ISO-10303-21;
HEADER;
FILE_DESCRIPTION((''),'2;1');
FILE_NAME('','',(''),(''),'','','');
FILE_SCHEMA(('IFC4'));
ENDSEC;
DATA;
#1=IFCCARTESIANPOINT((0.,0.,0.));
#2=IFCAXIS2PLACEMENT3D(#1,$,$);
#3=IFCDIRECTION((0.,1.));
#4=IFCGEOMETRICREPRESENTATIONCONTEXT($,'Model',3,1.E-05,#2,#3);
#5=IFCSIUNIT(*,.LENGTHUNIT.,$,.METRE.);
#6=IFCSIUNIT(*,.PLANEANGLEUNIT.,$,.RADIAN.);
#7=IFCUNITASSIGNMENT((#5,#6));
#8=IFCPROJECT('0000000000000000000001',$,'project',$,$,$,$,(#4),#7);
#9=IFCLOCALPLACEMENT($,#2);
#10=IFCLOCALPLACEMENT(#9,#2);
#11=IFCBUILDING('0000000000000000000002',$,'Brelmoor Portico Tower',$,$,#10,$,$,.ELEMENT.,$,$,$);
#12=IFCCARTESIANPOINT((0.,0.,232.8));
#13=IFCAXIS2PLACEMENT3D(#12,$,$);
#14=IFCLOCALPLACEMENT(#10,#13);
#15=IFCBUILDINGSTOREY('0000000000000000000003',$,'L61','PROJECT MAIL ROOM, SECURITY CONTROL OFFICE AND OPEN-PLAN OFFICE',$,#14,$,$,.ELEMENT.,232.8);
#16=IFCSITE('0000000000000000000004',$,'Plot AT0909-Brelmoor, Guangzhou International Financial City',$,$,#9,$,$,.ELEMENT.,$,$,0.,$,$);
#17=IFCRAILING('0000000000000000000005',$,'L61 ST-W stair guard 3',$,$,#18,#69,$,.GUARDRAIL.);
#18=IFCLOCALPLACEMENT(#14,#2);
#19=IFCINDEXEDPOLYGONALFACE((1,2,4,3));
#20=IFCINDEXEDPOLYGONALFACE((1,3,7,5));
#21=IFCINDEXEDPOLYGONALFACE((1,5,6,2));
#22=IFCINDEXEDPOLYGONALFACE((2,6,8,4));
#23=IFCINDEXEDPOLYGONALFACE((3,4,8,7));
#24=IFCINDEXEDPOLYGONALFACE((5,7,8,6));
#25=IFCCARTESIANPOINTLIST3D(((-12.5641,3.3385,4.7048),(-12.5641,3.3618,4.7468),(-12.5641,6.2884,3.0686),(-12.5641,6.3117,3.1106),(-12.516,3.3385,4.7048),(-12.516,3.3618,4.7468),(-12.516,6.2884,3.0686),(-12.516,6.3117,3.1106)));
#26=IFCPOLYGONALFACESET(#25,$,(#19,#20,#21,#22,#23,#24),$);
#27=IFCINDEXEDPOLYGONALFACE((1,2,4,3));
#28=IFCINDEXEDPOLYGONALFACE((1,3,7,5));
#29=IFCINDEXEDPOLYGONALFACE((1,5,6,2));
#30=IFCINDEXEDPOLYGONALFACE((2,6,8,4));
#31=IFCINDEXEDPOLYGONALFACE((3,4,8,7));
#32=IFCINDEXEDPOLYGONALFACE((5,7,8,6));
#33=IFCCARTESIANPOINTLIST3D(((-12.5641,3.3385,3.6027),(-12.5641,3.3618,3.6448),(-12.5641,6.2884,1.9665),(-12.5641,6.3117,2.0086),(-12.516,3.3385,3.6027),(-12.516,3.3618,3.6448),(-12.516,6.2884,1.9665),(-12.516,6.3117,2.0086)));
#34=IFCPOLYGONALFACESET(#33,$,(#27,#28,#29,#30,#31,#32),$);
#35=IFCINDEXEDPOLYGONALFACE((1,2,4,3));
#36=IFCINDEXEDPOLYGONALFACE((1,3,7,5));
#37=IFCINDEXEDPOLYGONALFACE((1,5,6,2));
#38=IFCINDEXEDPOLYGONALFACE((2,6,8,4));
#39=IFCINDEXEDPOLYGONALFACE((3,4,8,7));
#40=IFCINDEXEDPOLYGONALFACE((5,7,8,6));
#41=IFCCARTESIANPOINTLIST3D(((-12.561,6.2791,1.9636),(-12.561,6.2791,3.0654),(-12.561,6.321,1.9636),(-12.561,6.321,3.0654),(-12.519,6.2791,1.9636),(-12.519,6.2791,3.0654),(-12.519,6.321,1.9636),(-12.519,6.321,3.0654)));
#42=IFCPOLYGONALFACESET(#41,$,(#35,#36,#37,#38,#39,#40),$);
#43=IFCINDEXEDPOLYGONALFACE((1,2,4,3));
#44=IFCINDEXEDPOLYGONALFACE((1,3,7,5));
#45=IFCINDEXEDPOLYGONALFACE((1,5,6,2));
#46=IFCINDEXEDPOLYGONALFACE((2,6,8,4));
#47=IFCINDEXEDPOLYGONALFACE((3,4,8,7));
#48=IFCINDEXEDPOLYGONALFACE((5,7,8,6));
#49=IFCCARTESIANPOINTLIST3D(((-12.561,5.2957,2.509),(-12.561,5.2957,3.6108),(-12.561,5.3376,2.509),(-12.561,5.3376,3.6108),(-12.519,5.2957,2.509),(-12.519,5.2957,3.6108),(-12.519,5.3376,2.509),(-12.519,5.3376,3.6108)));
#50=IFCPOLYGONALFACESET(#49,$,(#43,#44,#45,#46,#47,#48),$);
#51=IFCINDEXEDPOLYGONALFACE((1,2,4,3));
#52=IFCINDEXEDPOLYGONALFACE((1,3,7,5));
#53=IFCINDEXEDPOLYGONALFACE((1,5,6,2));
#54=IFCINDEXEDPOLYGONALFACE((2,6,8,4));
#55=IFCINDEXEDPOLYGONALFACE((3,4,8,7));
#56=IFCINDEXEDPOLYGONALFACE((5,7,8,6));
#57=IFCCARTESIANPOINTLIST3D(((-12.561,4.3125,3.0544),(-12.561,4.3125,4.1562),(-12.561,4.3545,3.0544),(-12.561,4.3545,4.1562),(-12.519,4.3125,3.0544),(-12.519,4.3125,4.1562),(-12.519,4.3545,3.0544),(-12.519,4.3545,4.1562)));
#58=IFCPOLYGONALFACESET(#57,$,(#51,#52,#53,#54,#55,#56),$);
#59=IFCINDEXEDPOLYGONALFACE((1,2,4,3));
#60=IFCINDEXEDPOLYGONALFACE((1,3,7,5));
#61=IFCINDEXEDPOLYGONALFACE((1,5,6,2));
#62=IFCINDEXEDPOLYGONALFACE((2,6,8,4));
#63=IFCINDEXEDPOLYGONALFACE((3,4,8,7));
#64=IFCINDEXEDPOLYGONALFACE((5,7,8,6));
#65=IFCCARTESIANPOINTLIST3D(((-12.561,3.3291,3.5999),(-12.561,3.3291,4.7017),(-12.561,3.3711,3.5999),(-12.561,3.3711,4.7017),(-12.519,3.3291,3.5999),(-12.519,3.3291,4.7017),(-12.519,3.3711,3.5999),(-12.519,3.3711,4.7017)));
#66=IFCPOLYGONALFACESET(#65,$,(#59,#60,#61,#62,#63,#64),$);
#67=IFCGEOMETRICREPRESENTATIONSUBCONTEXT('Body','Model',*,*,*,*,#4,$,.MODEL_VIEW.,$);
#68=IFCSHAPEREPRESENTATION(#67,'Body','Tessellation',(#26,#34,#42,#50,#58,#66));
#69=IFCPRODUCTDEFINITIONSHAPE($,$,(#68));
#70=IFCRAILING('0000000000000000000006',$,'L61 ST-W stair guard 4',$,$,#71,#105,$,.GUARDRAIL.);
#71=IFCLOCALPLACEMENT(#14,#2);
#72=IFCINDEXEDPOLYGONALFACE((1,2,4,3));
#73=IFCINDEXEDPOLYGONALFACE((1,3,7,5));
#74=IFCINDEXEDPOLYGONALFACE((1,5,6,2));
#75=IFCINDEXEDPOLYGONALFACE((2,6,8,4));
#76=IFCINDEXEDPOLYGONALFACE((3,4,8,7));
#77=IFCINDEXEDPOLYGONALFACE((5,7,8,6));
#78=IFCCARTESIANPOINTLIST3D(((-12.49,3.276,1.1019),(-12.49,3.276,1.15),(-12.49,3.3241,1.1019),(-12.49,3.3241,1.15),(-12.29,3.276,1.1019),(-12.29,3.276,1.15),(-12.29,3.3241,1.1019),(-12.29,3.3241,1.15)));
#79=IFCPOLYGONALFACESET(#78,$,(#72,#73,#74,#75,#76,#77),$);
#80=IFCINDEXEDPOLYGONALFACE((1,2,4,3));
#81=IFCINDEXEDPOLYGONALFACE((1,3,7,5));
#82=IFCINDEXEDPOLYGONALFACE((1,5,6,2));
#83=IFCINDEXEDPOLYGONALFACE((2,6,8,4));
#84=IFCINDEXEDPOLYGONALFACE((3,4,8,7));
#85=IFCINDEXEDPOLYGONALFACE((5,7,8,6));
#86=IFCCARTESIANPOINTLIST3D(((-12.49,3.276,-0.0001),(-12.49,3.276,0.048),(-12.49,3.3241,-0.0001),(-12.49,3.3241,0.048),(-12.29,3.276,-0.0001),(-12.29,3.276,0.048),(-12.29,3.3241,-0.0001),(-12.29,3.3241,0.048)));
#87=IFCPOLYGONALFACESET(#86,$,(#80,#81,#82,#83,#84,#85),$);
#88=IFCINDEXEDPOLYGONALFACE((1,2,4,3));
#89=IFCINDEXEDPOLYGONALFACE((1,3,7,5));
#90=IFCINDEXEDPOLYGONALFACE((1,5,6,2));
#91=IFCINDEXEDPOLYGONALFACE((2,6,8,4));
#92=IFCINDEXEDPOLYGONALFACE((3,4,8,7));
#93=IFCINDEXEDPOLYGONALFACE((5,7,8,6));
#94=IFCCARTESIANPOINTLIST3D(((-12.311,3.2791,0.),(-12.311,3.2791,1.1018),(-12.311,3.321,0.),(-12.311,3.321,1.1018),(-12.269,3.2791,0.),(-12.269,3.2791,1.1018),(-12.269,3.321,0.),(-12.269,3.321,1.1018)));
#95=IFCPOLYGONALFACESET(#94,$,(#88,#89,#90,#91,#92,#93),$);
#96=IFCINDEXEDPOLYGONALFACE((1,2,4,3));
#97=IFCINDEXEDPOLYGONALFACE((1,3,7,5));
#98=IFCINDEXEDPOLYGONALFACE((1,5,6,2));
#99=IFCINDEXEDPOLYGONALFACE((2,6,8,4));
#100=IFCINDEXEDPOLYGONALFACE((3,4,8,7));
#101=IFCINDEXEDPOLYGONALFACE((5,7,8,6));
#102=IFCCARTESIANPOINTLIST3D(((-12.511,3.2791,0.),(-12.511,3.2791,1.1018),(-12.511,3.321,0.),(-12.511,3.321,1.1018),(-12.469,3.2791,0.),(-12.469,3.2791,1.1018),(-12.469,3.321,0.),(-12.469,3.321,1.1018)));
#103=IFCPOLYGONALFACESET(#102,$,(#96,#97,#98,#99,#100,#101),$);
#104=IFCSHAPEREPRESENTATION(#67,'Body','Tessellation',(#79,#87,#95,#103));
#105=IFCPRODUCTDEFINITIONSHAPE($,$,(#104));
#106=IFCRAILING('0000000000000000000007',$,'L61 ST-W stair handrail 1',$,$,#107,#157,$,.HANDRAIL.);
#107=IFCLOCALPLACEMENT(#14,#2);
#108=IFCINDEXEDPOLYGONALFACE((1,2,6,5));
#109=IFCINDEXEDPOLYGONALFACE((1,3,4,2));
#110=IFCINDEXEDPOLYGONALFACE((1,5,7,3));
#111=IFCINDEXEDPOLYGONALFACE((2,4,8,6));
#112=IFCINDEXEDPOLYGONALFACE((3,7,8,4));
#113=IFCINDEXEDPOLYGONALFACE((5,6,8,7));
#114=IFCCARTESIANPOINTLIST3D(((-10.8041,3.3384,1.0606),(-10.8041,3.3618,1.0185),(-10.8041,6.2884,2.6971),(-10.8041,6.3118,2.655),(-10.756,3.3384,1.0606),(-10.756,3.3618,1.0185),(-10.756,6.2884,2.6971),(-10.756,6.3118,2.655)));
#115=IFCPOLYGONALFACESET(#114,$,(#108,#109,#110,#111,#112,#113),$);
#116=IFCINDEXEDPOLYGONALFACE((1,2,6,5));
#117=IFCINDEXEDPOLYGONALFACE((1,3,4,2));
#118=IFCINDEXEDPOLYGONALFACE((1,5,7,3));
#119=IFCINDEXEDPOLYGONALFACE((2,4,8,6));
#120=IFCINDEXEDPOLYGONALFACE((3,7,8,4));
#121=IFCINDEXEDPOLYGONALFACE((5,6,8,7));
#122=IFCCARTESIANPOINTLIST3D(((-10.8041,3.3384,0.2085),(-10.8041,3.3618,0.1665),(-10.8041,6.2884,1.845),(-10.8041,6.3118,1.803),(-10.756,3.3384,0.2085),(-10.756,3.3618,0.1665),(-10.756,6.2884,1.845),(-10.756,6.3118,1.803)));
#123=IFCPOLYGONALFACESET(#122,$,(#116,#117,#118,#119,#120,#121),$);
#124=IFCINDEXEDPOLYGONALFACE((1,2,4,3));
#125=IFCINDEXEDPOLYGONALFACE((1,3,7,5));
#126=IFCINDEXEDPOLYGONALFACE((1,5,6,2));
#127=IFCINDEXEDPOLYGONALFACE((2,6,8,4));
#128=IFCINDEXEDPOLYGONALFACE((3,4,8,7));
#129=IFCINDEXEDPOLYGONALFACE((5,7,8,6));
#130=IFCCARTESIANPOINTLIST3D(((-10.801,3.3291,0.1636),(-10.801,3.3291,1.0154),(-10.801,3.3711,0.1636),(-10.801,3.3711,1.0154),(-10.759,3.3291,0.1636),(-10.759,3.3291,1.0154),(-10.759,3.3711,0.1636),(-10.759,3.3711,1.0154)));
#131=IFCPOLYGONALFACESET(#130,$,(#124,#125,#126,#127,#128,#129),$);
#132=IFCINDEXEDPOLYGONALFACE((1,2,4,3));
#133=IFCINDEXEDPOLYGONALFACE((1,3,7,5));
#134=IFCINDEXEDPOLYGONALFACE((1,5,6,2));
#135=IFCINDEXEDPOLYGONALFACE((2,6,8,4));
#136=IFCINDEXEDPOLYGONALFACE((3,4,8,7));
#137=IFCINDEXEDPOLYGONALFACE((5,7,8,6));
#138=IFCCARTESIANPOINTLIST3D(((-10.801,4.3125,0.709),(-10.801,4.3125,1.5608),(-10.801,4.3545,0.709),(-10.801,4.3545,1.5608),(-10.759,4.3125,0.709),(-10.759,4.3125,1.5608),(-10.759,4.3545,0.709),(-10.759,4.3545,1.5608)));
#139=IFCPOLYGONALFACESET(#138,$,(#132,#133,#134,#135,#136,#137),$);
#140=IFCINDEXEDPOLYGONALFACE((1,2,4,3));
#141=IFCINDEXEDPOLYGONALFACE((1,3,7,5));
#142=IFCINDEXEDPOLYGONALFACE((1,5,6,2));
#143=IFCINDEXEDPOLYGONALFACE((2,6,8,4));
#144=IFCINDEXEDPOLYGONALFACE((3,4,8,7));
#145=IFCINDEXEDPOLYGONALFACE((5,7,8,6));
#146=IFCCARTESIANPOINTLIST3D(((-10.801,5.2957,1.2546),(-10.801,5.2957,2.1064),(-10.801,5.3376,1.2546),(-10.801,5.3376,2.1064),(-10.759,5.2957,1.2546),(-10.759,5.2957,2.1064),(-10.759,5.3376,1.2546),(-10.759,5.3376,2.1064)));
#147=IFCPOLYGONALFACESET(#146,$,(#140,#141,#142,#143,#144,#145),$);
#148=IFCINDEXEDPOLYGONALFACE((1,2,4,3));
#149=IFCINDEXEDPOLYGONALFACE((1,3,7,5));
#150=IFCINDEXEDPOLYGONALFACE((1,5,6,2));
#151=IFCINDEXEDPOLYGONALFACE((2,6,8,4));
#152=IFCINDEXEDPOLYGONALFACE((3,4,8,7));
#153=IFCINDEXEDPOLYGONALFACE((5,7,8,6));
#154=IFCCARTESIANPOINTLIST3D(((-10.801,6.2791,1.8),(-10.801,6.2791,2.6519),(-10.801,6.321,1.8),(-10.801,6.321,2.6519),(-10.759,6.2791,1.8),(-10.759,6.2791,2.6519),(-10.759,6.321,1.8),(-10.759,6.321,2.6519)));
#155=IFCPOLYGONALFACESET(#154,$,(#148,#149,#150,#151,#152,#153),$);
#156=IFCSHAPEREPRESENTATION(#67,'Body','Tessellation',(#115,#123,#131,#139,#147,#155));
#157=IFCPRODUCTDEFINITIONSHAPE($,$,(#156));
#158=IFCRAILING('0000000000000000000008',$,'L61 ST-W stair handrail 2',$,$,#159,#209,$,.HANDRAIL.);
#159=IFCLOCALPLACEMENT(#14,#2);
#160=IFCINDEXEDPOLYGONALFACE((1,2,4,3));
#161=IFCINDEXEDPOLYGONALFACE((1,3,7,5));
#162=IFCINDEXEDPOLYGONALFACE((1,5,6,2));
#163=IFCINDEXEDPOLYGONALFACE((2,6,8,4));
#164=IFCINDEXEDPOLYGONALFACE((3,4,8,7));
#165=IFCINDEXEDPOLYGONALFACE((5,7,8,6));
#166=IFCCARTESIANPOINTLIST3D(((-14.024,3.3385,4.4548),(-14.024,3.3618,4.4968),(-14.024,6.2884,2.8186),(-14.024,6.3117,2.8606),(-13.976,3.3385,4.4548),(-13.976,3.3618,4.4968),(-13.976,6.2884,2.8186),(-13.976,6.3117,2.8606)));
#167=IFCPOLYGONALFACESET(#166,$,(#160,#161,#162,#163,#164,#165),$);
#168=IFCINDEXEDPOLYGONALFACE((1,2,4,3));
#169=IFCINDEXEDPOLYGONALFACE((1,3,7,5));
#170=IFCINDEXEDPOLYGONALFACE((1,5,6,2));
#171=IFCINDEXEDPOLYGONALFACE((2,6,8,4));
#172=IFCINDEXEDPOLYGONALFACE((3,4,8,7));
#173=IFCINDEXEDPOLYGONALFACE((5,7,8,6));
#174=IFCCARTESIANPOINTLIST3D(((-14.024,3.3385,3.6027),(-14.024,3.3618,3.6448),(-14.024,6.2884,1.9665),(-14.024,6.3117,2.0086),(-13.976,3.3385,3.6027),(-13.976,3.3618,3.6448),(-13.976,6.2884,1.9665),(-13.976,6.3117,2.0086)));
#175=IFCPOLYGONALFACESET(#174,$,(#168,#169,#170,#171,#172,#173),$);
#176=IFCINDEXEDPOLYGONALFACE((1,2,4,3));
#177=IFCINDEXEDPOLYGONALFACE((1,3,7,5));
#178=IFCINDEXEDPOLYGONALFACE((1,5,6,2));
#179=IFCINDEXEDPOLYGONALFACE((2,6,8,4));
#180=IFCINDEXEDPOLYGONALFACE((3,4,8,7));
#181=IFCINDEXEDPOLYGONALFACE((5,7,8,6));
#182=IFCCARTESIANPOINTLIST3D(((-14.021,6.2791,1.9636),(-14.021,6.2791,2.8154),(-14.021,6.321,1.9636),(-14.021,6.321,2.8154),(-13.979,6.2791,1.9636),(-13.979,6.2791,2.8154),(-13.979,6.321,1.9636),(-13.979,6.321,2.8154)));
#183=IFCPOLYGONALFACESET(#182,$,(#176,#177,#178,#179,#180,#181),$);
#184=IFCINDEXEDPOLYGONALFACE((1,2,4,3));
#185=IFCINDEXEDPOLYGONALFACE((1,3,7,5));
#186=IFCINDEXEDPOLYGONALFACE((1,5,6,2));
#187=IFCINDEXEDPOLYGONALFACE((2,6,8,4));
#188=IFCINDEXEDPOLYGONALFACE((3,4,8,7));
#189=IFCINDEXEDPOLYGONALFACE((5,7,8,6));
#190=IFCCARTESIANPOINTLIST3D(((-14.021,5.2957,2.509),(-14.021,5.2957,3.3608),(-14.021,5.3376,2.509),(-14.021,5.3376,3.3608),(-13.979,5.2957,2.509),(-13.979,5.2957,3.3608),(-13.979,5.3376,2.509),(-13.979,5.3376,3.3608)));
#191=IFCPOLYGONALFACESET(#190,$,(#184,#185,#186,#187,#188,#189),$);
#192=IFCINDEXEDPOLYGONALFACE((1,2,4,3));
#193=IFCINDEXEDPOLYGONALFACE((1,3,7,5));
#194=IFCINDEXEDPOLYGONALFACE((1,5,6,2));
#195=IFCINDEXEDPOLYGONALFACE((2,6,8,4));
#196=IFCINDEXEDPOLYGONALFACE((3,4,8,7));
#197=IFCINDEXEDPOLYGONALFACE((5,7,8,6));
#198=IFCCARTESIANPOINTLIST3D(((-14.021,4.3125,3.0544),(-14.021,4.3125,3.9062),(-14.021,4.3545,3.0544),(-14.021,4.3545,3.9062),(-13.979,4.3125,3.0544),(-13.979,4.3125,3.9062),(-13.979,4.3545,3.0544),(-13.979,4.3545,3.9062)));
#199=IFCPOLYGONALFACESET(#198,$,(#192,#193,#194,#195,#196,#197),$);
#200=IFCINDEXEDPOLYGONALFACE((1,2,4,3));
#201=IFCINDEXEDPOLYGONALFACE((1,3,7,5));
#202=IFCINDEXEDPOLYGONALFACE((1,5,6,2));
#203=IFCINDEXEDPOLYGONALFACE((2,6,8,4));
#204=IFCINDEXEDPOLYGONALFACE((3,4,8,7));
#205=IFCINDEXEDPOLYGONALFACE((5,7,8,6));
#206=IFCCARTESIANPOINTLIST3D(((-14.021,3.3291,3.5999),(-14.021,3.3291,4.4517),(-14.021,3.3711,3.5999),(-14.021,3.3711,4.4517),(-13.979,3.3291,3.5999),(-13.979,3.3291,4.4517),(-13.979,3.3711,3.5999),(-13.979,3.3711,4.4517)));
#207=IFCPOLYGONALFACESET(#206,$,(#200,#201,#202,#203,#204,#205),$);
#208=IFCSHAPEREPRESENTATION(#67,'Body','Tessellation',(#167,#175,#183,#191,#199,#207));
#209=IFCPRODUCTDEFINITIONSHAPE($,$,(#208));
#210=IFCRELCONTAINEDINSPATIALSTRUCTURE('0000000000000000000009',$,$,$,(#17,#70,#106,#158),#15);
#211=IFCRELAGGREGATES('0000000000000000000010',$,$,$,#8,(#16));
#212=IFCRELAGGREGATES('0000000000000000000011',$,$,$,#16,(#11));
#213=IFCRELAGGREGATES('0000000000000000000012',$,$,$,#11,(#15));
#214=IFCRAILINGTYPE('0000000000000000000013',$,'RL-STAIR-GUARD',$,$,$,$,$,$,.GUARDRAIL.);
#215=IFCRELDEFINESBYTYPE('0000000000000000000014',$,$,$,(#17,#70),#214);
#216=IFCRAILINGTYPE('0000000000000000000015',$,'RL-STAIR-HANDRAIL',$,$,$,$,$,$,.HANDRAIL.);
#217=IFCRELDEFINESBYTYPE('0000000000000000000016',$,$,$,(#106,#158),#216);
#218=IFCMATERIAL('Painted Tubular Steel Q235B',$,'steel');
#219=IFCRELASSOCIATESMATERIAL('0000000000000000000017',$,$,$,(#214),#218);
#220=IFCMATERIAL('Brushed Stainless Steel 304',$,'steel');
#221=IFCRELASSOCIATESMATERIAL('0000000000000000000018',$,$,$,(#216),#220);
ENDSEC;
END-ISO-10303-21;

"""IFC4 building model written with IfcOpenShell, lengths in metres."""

from ifc_helpers import new_model, si_unit, direction, frame, origin, origin_2d, place, context, subcontext, project, spatial, rectangle, extrude, material, type_object, element, save


model = new_model("IFC4")

# Units and contexts
model_context = context("Model", 3, precision=1e-05, world=origin(), true_north=direction((0.0, 1.0)))
body_context = subcontext(model_context, "Body", "Model", "MODEL_VIEW")
ifc_project = project(units=[si_unit("LENGTHUNIT", "METRE"), si_unit("PLANEANGLEUNIT", "RADIAN")], contexts=[model_context])

# Site, building, storey
site_placement = place(None, origin())
site = spatial("IfcSite", under=ifc_project, at=site_placement, Name="Plot AT0909-Brelmoor, Guangzhou International Financial City", CompositionType="ELEMENT", RefElevation=0.0)
building_placement = place(site_placement, origin())
building = spatial("IfcBuilding", under=site, at=building_placement, Name="Brelmoor Portico Tower", CompositionType="ELEMENT")
storey_placement = place(building_placement, frame((0.0, 0.0, 232.8)))
storey = spatial("IfcBuildingStorey", under=building, at=storey_placement, Name="L61", Description="PROJECT MAIL ROOM, SECURITY CONTROL OFFICE AND OPEN-PLAN OFFICE", CompositionType="ELEMENT", Elevation=232.8)

# Railings
ifc_material_1 = material(Name="Painted Tubular Steel Q235B", Category="steel")
railing_type_1 = type_object("IfcRailingType", Name="RL-STAIR-GUARD", PredefinedType="GUARDRAIL", material=ifc_material_1)
railing_1_placement = place(storey_placement, frame((-12.54, 6.3, 1.9636)))
element("IfcRailing", 1, at=railing_1_placement, inside=storey, type_object=railing_type_1, Name="L61 ST-W stair guard 3", PredefinedType="GUARDRAIL", context=body_context, shape_type="SweptSolid", body=[
    extrude(rectangle(XDim=0.0481, YDim=0.0481, at=origin_2d()), frame((0.0, 0.0, 1.126), z_axis=(0.0, -0.874488, 0.485047), x_axis=(1.0, 0.0, 0.0)), (0.0, 0.0, 1.0), 3.3733),
    extrude(rectangle(XDim=0.0481, YDim=0.0481, at=origin_2d()), frame((0.0, 0.0, 0.0239), z_axis=(0.0, -0.874488, 0.485047), x_axis=(1.0, 0.0, 0.0)), (0.0, 0.0, 1.0), 3.3733),
    extrude(rectangle(XDim=0.042, YDim=0.042, at=origin_2d()), origin(), (0.0, 0.0, 1.0), 1.1018),
    extrude(rectangle(XDim=0.042, YDim=0.042, at=origin_2d()), frame((0.0, -0.9834, 0.5454)), (0.0, 0.0, 1.0), 1.1018),
    extrude(rectangle(XDim=0.042, YDim=0.042, at=origin_2d()), frame((0.0, -1.9666, 1.0908)), (0.0, 0.0, 1.0), 1.1018),
    extrude(rectangle(XDim=0.042, YDim=0.042, at=origin_2d()), frame((0.0, -2.95, 1.6362)), (0.0, 0.0, 1.0), 1.1018),
])
railing_2_placement = place(storey_placement, frame((-12.29, 3.3, 0.0)))
element("IfcRailing", 2, at=railing_2_placement, inside=storey, type_object=railing_type_1, Name="L61 ST-W stair guard 4", PredefinedType="GUARDRAIL", context=body_context, shape_type="SweptSolid", body=[
    extrude(rectangle(XDim=0.0481, YDim=0.0481, at=origin_2d()), frame((0.0, 0.0, 1.126), z_axis=(-1.0, 0.0, 0.0), x_axis=(0.0, -1.0, 0.0)), (0.0, 0.0, 1.0), 0.2),
    extrude(rectangle(XDim=0.0481, YDim=0.0481, at=origin_2d()), frame((0.0, 0.0, 0.0239), z_axis=(-1.0, 0.0, 0.0), x_axis=(0.0, -1.0, 0.0)), (0.0, 0.0, 1.0), 0.2),
    extrude(rectangle(XDim=0.042, YDim=0.042, at=origin_2d()), origin(), (0.0, 0.0, 1.0), 1.1018),
    extrude(rectangle(XDim=0.042, YDim=0.042, at=origin_2d()), frame((-0.2, 0.0, 0.0)), (0.0, 0.0, 1.0), 1.1018),
])
ifc_material_2 = material(Name="Brushed Stainless Steel 304", Category="steel")
railing_type_2 = type_object("IfcRailingType", Name="RL-STAIR-HANDRAIL", PredefinedType="HANDRAIL", material=ifc_material_2)
railing_3_placement = place(storey_placement, frame((-10.78, 3.3501, 0.1636)))
element("IfcRailing", 3, at=railing_3_placement, inside=storey, type_object=railing_type_2, Name="L61 ST-W stair handrail 1", PredefinedType="HANDRAIL", context=body_context, shape_type="SweptSolid", body=[
    extrude(rectangle(XDim=0.0481, YDim=0.0481, at=origin_2d()), frame((0.0, 0.0, 0.876), z_axis=(0.0, 0.874458, 0.485102), x_axis=(-1.0, 0.0, 0.0)), (0.0, 0.0, 1.0), 3.3735),
    extrude(rectangle(XDim=0.0481, YDim=0.0481, at=origin_2d()), frame((0.0, 0.0, 0.0239), z_axis=(0.0, 0.874458, 0.485102), x_axis=(-1.0, 0.0, 0.0)), (0.0, 0.0, 1.0), 3.3735),
    extrude(rectangle(XDim=0.042, YDim=0.042, at=origin_2d()), origin(), (0.0, 0.0, 1.0), 0.8518),
    extrude(rectangle(XDim=0.042, YDim=0.042, at=origin_2d()), frame((0.0, 0.9834, 0.5454)), (0.0, 0.0, 1.0), 0.8518),
    extrude(rectangle(XDim=0.042, YDim=0.042, at=origin_2d()), frame((0.0, 1.9666, 1.0911)), (0.0, 0.0, 1.0), 0.8518),
    extrude(rectangle(XDim=0.042, YDim=0.042, at=origin_2d()), frame((0.0, 2.95, 1.6365)), (0.0, 0.0, 1.0), 0.8518),
])
railing_4_placement = place(storey_placement, frame((-14.0, 6.3, 1.9636)))
element("IfcRailing", 4, at=railing_4_placement, inside=storey, type_object=railing_type_2, Name="L61 ST-W stair handrail 2", PredefinedType="HANDRAIL", context=body_context, shape_type="SweptSolid", body=[
    extrude(rectangle(XDim=0.0481, YDim=0.0481, at=origin_2d()), frame((0.0, 0.0, 0.876), z_axis=(0.0, -0.874488, 0.485047), x_axis=(1.0, 0.0, 0.0)), (0.0, 0.0, 1.0), 3.3733),
    extrude(rectangle(XDim=0.0481, YDim=0.0481, at=origin_2d()), frame((0.0, 0.0, 0.0239), z_axis=(0.0, -0.874488, 0.485047), x_axis=(1.0, 0.0, 0.0)), (0.0, 0.0, 1.0), 3.3733),
    extrude(rectangle(XDim=0.042, YDim=0.042, at=origin_2d()), origin(), (0.0, 0.0, 1.0), 0.8518),
    extrude(rectangle(XDim=0.042, YDim=0.042, at=origin_2d()), frame((0.0, -0.9834, 0.5454)), (0.0, 0.0, 1.0), 0.8518),
    extrude(rectangle(XDim=0.042, YDim=0.042, at=origin_2d()), frame((0.0, -1.9666, 1.0908)), (0.0, 0.0, 1.0), 0.8518),
    extrude(rectangle(XDim=0.042, YDim=0.042, at=origin_2d()), frame((0.0, -2.95, 1.6362)), (0.0, 0.0, 1.0), 0.8518),
])

save(model, "model.ifc")
